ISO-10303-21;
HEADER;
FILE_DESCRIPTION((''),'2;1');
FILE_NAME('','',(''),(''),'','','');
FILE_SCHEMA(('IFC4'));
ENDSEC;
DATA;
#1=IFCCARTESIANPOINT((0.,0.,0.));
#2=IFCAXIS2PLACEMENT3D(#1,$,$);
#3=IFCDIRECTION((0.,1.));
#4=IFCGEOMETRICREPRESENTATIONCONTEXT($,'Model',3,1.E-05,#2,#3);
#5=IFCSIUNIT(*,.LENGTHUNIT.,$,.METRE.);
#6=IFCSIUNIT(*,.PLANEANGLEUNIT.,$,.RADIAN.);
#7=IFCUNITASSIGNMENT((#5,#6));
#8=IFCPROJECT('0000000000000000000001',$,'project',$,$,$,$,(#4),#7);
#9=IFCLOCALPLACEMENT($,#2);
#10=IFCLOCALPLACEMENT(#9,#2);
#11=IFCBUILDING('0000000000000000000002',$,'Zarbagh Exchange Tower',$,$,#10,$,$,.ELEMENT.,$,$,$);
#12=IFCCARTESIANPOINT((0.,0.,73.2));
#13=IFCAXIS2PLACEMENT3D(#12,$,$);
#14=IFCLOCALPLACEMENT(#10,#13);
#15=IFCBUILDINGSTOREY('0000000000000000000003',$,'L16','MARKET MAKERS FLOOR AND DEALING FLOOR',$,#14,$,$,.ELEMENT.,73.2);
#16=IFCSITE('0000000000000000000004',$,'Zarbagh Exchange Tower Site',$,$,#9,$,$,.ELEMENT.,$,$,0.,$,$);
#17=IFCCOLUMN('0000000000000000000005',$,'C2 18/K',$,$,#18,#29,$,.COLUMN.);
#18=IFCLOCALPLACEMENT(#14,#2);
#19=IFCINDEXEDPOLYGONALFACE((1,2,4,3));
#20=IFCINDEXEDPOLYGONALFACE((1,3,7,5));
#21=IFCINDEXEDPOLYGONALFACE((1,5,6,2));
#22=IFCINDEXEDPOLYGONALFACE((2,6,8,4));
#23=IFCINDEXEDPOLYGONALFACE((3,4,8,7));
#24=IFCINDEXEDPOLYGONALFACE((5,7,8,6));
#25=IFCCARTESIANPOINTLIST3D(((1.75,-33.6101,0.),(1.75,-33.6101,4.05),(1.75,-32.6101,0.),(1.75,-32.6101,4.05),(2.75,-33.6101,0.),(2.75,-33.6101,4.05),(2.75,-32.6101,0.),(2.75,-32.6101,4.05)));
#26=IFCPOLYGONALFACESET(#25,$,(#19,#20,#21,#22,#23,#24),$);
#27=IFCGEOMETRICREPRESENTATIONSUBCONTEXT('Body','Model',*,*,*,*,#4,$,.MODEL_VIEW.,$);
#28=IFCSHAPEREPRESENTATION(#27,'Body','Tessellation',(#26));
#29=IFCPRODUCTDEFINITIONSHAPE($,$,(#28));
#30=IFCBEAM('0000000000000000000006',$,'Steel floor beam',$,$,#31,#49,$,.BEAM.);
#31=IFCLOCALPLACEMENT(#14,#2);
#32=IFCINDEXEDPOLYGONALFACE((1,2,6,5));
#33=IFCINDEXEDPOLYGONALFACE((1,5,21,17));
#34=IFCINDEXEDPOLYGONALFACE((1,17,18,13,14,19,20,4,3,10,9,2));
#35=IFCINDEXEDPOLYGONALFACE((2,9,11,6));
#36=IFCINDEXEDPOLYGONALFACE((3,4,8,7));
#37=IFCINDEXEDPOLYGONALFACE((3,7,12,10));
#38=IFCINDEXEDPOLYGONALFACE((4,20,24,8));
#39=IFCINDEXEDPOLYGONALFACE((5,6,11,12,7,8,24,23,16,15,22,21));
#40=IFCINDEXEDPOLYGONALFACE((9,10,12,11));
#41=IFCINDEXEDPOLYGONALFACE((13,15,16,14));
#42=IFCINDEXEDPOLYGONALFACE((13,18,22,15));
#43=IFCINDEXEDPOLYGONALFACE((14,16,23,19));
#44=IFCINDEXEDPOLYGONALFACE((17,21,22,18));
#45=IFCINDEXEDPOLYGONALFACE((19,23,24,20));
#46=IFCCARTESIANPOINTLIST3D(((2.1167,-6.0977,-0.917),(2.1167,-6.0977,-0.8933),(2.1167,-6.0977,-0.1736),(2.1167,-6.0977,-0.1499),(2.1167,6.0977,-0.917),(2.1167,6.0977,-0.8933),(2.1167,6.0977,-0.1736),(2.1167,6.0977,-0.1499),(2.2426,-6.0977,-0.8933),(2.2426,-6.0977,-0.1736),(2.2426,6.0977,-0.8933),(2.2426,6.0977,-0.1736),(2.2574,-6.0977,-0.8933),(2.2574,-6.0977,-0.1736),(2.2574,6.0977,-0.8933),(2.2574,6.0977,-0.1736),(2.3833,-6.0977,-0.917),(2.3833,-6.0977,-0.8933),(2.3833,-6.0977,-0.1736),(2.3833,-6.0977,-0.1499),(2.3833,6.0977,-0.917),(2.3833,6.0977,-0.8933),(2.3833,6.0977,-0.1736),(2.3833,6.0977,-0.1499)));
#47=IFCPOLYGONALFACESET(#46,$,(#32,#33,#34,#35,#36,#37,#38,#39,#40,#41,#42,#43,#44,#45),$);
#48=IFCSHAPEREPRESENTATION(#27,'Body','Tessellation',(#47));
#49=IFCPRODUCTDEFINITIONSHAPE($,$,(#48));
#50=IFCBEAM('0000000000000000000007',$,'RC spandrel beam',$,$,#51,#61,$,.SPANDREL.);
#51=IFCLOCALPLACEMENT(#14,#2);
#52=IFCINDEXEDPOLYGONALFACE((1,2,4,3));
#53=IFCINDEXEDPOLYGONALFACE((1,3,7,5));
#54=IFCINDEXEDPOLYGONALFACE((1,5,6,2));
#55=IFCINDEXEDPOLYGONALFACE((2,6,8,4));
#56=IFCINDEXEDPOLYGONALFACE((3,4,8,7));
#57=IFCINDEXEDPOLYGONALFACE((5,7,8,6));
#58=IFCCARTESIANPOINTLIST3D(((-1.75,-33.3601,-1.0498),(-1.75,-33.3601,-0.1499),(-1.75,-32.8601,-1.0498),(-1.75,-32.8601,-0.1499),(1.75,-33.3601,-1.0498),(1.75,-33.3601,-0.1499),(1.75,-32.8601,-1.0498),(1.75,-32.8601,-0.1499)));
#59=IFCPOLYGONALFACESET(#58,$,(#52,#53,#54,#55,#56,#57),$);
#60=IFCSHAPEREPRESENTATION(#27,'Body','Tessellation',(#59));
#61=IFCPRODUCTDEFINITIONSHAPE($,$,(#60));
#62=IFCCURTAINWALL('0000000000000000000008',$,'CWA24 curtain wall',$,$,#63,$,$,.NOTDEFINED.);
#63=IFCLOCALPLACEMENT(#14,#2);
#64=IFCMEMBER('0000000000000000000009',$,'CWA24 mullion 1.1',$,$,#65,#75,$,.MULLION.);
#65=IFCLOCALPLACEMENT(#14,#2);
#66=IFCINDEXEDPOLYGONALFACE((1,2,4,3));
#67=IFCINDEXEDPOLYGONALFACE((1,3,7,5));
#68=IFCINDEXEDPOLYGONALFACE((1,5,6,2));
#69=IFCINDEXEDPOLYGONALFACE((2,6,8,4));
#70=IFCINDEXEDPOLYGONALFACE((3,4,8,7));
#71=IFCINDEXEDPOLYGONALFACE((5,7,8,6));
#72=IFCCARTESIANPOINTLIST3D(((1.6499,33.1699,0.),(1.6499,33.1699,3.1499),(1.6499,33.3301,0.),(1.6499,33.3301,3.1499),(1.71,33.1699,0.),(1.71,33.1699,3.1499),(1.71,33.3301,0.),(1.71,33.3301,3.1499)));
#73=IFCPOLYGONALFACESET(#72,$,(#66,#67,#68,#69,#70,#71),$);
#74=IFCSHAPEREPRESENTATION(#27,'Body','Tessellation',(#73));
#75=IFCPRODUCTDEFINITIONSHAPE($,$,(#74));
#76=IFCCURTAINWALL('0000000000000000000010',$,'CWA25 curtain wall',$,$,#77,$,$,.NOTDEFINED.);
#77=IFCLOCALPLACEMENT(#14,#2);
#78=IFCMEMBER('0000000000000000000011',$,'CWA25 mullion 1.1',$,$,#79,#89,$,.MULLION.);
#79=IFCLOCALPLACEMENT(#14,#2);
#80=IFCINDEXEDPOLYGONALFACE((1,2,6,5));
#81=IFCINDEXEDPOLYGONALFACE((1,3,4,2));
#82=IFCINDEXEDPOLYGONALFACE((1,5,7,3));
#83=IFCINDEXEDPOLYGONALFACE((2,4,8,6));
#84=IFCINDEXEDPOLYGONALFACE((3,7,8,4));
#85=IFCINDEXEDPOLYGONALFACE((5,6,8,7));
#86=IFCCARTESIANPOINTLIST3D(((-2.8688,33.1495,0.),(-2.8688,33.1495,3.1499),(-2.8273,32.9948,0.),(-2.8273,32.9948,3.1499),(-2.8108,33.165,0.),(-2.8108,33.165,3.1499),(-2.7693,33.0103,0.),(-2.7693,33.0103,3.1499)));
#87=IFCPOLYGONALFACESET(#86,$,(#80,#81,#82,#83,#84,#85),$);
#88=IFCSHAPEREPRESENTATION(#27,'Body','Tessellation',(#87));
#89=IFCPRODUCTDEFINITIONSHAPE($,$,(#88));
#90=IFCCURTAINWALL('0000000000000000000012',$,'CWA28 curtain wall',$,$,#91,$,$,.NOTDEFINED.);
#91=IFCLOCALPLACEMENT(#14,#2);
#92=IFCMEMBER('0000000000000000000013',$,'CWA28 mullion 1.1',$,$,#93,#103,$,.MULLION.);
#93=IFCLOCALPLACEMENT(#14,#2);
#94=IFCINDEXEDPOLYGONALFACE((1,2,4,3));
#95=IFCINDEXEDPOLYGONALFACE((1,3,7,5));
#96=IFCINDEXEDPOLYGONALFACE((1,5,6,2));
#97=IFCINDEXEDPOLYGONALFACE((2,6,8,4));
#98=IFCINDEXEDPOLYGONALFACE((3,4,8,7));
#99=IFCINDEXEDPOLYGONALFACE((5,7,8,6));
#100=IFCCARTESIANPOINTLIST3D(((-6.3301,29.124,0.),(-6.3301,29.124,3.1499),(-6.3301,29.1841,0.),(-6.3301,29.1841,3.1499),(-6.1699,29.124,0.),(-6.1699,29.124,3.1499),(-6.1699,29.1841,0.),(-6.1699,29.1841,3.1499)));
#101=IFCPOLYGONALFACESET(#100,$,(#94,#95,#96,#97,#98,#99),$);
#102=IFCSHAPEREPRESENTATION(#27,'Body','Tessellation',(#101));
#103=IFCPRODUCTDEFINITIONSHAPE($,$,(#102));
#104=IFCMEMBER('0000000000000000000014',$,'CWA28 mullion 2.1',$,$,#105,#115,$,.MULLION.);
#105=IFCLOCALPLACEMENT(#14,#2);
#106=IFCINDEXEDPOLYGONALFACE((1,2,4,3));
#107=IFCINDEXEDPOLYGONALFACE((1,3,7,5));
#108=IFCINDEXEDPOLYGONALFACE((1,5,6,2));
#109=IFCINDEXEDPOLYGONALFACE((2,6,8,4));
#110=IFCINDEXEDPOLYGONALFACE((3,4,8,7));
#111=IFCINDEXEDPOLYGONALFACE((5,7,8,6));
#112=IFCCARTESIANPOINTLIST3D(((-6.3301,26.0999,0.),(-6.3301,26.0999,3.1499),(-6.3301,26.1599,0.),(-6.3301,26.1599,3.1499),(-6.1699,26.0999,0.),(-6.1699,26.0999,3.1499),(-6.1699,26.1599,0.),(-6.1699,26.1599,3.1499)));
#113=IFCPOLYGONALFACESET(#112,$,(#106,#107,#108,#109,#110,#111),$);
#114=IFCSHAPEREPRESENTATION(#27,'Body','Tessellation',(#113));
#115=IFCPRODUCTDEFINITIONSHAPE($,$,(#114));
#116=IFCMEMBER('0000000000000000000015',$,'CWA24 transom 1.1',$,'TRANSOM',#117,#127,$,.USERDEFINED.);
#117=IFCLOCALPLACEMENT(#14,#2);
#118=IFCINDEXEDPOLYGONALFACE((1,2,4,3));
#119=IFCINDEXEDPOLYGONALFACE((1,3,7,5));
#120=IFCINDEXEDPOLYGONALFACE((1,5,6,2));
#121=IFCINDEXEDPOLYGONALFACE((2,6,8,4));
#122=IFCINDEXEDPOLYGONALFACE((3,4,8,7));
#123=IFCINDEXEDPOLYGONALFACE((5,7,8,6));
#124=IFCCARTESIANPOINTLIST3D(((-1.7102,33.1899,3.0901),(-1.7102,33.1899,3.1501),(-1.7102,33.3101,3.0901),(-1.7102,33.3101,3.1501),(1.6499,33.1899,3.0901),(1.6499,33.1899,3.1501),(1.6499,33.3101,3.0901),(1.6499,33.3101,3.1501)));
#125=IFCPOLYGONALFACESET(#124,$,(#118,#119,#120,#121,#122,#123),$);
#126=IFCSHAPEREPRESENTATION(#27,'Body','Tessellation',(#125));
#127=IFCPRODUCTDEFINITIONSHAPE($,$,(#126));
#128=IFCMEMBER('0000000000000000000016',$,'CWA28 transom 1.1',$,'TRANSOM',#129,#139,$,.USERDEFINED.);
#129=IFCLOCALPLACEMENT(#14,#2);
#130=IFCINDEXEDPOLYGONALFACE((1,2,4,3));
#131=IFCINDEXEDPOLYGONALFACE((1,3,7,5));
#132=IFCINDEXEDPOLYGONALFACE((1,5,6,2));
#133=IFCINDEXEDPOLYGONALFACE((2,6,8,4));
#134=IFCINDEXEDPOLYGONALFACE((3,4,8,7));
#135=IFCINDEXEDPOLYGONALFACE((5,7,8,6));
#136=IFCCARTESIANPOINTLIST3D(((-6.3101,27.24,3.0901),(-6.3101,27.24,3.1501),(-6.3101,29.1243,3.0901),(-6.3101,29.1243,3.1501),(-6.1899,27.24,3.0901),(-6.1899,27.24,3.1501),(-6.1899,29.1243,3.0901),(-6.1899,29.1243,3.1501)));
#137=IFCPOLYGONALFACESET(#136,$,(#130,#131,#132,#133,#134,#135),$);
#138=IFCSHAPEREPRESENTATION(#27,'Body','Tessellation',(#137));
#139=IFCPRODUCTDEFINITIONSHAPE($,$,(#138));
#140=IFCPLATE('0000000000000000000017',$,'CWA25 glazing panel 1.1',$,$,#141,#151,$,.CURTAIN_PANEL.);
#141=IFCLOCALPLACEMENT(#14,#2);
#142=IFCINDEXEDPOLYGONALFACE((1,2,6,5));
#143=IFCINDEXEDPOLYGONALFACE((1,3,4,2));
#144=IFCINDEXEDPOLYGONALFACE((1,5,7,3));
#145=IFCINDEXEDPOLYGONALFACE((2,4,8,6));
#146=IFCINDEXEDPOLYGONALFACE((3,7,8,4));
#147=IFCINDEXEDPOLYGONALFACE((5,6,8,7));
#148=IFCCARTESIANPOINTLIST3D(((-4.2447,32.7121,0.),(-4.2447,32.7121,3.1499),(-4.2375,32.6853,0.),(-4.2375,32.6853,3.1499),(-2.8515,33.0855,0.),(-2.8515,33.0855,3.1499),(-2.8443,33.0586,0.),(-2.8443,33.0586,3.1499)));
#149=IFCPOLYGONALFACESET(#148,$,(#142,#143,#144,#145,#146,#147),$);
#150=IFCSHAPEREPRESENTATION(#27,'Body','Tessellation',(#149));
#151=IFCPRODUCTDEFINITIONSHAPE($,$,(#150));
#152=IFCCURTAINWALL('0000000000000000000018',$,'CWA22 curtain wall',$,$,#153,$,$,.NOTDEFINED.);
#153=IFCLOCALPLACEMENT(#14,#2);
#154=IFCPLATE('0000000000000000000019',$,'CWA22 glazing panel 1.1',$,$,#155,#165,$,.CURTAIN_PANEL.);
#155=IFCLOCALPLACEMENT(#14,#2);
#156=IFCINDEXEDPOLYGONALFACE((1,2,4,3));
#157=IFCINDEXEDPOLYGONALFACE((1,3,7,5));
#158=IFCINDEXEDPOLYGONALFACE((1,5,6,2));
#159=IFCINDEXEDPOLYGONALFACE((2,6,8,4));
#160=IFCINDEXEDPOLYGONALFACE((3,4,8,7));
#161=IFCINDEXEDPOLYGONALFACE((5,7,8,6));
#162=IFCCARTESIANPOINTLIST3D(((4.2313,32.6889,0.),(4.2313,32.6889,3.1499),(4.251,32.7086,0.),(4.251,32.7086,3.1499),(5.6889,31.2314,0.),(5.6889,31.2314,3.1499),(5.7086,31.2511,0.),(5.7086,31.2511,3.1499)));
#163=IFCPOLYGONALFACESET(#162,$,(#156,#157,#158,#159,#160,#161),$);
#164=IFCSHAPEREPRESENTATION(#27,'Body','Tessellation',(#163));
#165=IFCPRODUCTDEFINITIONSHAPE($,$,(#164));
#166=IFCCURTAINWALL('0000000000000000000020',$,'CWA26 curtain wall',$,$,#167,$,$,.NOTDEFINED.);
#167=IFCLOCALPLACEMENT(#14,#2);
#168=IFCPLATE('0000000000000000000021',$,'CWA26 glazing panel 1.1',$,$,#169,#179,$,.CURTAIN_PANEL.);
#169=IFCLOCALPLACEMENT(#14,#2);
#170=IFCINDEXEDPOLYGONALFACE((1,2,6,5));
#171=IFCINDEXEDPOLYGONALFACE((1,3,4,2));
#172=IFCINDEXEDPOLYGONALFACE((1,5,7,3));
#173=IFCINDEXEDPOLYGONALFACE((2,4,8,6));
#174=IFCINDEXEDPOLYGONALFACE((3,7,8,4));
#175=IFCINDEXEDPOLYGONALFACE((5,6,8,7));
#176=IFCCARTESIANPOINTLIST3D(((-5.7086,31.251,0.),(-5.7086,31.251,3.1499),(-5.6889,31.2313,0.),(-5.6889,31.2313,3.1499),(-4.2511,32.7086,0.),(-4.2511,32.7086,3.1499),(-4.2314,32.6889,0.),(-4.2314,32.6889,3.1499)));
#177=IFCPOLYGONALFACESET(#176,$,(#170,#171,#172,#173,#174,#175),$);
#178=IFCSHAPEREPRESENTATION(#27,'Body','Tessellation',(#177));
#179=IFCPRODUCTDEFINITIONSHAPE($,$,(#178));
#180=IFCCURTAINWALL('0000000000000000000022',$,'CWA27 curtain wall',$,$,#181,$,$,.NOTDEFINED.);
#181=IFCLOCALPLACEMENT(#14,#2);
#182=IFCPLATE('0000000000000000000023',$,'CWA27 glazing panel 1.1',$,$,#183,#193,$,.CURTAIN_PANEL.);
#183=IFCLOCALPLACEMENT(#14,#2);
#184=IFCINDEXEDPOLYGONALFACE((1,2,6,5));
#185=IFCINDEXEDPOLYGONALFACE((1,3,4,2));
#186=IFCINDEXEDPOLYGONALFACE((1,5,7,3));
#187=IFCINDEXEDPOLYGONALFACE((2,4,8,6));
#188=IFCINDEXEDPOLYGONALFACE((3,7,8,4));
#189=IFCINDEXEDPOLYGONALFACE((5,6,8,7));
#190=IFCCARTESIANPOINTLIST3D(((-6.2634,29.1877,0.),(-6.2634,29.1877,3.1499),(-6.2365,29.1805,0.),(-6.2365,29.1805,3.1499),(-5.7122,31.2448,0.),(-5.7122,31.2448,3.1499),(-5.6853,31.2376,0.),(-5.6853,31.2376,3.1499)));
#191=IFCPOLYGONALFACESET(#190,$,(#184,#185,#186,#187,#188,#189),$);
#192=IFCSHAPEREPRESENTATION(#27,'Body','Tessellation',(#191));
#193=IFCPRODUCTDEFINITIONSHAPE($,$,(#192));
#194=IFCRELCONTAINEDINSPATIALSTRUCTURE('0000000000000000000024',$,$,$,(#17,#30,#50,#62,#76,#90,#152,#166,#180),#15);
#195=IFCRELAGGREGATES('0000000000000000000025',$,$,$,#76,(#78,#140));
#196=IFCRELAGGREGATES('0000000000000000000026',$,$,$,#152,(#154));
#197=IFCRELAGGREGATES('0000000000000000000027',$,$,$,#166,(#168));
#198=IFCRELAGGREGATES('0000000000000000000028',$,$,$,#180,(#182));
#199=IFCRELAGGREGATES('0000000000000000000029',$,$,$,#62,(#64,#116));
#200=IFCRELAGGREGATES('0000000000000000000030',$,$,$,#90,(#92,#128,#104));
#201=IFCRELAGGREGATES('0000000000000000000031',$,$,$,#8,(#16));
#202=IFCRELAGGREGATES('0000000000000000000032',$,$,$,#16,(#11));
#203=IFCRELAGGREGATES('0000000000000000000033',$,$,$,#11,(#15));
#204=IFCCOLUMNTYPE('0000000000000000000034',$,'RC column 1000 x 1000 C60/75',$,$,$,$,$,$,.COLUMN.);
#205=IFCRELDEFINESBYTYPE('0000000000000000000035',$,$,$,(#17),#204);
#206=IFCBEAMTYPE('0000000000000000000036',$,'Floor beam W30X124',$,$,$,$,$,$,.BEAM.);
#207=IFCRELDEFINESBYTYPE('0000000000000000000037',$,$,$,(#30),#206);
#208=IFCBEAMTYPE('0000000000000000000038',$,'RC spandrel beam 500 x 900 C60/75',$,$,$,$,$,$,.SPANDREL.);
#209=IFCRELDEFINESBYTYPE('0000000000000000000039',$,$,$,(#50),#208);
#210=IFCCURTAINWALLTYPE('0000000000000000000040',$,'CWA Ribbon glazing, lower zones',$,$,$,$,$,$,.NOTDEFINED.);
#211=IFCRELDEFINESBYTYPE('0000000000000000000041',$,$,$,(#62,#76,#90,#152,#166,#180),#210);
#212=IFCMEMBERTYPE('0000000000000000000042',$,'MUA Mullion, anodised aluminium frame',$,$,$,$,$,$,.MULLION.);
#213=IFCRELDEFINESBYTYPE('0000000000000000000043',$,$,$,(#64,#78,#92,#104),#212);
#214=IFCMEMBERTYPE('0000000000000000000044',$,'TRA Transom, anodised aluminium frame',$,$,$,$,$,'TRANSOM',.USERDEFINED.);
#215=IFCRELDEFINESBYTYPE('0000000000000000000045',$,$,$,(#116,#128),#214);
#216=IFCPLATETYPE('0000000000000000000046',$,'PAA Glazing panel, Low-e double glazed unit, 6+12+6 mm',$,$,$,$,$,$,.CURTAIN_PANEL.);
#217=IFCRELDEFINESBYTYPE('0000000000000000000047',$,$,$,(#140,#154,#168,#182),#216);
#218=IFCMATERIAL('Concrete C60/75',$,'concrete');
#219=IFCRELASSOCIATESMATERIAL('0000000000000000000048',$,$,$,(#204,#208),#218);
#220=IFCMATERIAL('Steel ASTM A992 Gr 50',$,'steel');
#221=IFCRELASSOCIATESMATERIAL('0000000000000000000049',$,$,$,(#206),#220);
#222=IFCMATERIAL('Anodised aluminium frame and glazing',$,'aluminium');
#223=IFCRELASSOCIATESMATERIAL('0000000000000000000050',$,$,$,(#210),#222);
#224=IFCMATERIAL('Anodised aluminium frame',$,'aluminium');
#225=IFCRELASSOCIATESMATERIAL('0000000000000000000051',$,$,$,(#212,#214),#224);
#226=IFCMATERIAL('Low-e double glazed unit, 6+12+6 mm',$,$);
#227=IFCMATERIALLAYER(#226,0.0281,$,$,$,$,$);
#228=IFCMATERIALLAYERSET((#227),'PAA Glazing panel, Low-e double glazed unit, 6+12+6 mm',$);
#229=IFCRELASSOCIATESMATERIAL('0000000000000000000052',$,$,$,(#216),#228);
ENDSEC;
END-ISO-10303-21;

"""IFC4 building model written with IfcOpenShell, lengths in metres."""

from ifc_helpers import new_model, si_unit, direction, frame, origin, origin_2d, place, context, subcontext, project, spatial, polyline, rectangle, i_section, outline, extrude, source, transform, mapped, material, layer, layer_set, material_profile, profile_set, type_object, element, aggregate, save


model = new_model("IFC4")

# Units and contexts
model_context = context("Model", 3, precision=1e-05, world=origin(), true_north=direction((0.0, 1.0)))
body_context = subcontext(model_context, "Body", "Model", "MODEL_VIEW")
ifc_project = project(units=[si_unit("LENGTHUNIT", "METRE"), si_unit("PLANEANGLEUNIT", "RADIAN")], contexts=[model_context])

# Site, building, storey
site_placement = place(None, origin())
site = spatial("IfcSite", under=ifc_project, at=site_placement, Name="Zarbagh Exchange Tower Site", CompositionType="ELEMENT", RefElevation=0.0)
building_placement = place(site_placement, origin())
building = spatial("IfcBuilding", under=site, at=building_placement, Name="Zarbagh Exchange Tower", CompositionType="ELEMENT")
storey_placement = place(building_placement, frame((0.0, 0.0, 73.2)))
storey = spatial("IfcBuildingStorey", under=building, at=storey_placement, Name="L16", Description="MARKET MAKERS FLOOR AND DEALING FLOOR", CompositionType="ELEMENT", Elevation=73.2)

# Column
ifc_material_1 = material(Name="Concrete C60/75", Category="concrete")
ifc_material_profile_1 = material_profile(ifc_material_1, rectangle(XDim=1.0, YDim=1.0, at=origin_2d()), Name="RC column 1000 x 1000 C60/75")
ifc_profile_set_1 = profile_set([ifc_material_profile_1], Name="Concrete C60/75")
column_type = type_object("IfcColumnType", Name="RC column 1000 x 1000 C60/75", PredefinedType="COLUMN", material=ifc_profile_set_1)
column_placement = place(storey_placement, frame((2.25, -33.1101, 0.0), z_axis=(0.0, 0.0, 1.0), x_axis=(1.0, 0.0, 0.0)))
element("IfcColumn", 1, at=column_placement, inside=storey, type_object=column_type, Name="C2 18/K", PredefinedType="COLUMN", context=body_context, shape_type="SweptSolid", body=[
    extrude(rectangle(XDim=1.0, YDim=1.0, at=origin_2d()), origin(), (0.0, 0.0, 1.0), 4.05),
])

# Beams
ifc_material_2 = material(Name="Steel ASTM A992 Gr 50", Category="steel")
ifc_material_profile_2 = material_profile(ifc_material_2, i_section(OverallWidth=0.2666, OverallDepth=0.7671, WebThickness=0.0149, FlangeThickness=0.0237, at=origin_2d()), Name="W30X124")
ifc_profile_set_2 = profile_set([ifc_material_profile_2], Name="Steel ASTM A992 Gr 50")
beam_type_1 = type_object("IfcBeamType", Name="Floor beam W30X124", PredefinedType="BEAM", material=ifc_profile_set_2)
beam_1_placement = place(storey_placement, frame((2.25, -6.0977, -0.5334), z_axis=(0.0, 1.0, 0.0), x_axis=(-1.0, 0.0, 0.0)))
element("IfcBeam", 2, at=beam_1_placement, inside=storey, type_object=beam_type_1, Name="Steel floor beam", PredefinedType="BEAM", context=body_context, shape_type="SweptSolid", body=[
    extrude(i_section(OverallWidth=0.2666, OverallDepth=0.7671, WebThickness=0.0149, FlangeThickness=0.0237, at=origin_2d()), origin(), (0.0, 0.0, 1.0), 12.1953),
])
ifc_material_profile_3 = material_profile(ifc_material_1, rectangle(XDim=0.5, YDim=0.8999, at=origin_2d()), Name="RC spandrel beam 500 x 900 C60/75")
ifc_profile_set_3 = profile_set([ifc_material_profile_3], Name="Concrete C60/75")
beam_type_2 = type_object("IfcBeamType", Name="RC spandrel beam 500 x 900 C60/75", PredefinedType="SPANDREL", material=ifc_profile_set_3)
beam_2_placement = place(storey_placement, frame((1.75, -33.1101, -0.5999), z_axis=(-1.0, 0.0, 0.0), x_axis=(0.0, -1.0, 0.0)))
element("IfcBeam", 3, at=beam_2_placement, inside=storey, type_object=beam_type_2, Name="RC spandrel beam", PredefinedType="SPANDREL", context=body_context, shape_type="SweptSolid", body=[
    extrude(rectangle(XDim=0.5, YDim=0.8999, at=origin_2d()), origin(), (0.0, 0.0, 1.0), 3.5),
])

# Curtain walls, members
ifc_material_3 = material(Name="Anodised aluminium frame and glazing", Category="aluminium")
curtain_wall_type = type_object("IfcCurtainWallType", Name="CWA Ribbon glazing, lower zones", PredefinedType="NOTDEFINED", material=ifc_material_3)
curtain_wall_1_placement = place(storey_placement, origin())
curtain_wall_1 = element("IfcCurtainWall", 4, at=curtain_wall_1_placement, inside=storey, type_object=curtain_wall_type, Name="CWA24 curtain wall", PredefinedType="NOTDEFINED")
ifc_material_4 = material(Name="Anodised aluminium frame", Category="aluminium")
member_type_1 = type_object("IfcMemberType", Name="MUA Mullion, anodised aluminium frame", PredefinedType="MULLION", material=ifc_material_4)
shared_shape_1 = source(origin(), body_context, "Body", "SweptSolid", [
    extrude(outline(polyline([(0.0, -0.0801), (0.0601, -0.0801), (0.0601, 0.0801), (0.0, 0.0801), (0.0, -0.0801)])), origin(), (0.0, 0.0, 1.0), 3.1499),
])
placement = place(storey_placement, origin())
member_1 = element("IfcMember", 5, at=placement, type_object=member_type_1, Name="CWA24 mullion 1.1", PredefinedType="MULLION", context=body_context, shape_type="MappedRepresentation", body=[
    mapped(shared_shape_1, transform((1.71, 33.25, 0.0), x_axis=(-1.0, 0.0, 0.0), y_axis=(0.0, -1.0, 0.0), z_axis=(0.0, 0.0, 1.0))),
])
curtain_wall_2_placement = place(storey_placement, origin())
curtain_wall_2 = element("IfcCurtainWall", 6, at=curtain_wall_2_placement, inside=storey, type_object=curtain_wall_type, Name="CWA25 curtain wall", PredefinedType="NOTDEFINED")
member_2 = element("IfcMember", 7, at=placement, type_object=member_type_1, Name="CWA25 mullion 1.1", PredefinedType="MULLION", context=body_context, shape_type="MappedRepresentation", body=[
    mapped(shared_shape_1, transform((-2.79, 33.0876, 0.0), x_axis=(-0.965924, -0.258825, 0.0), y_axis=(0.258825, -0.965924, 0.0), z_axis=(0.0, 0.0, 1.0))),
])

# Curtain wall, members
curtain_wall_3_placement = place(storey_placement, origin())
curtain_wall_3 = element("IfcCurtainWall", 8, at=curtain_wall_3_placement, inside=storey, type_object=curtain_wall_type, Name="CWA28 curtain wall", PredefinedType="NOTDEFINED")
member_3 = element("IfcMember", 9, at=placement, type_object=member_type_1, Name="CWA28 mullion 1.1", PredefinedType="MULLION", context=body_context, shape_type="MappedRepresentation", body=[
    mapped(shared_shape_1, transform((-6.25, 29.1841, 0.0), x_axis=(0.0, -1.0, 0.0), y_axis=(1.0, 0.0, 0.0), z_axis=(0.0, 0.0, 1.0))),
])
member_4 = element("IfcMember", 10, at=placement, type_object=member_type_1, Name="CWA28 mullion 2.1", PredefinedType="MULLION", context=body_context, shape_type="MappedRepresentation", body=[
    mapped(shared_shape_1, transform((-6.25, 26.1599, 0.0), x_axis=(0.0, -1.0, 0.0), y_axis=(1.0, 0.0, 0.0), z_axis=(0.0, 0.0, 1.0))),
])

# Members
member_type_2 = type_object("IfcMemberType", Name="TRA Transom, anodised aluminium frame", ElementType="TRANSOM", PredefinedType="USERDEFINED", material=ifc_material_4)
shared_shape_2 = source(origin(), body_context, "Body", "SweptSolid", [
    extrude(outline(polyline([(-0.0601, -0.0601), (0.0, -0.0601), (0.0, 0.0601), (-0.0601, 0.0601), (-0.0601, -0.0601)])), origin(), (0.0, 0.0, 1.0), 3.3601),
])
member_5 = element("IfcMember", 11, at=placement, type_object=member_type_2, Name="CWA24 transom 1.1", ObjectType="TRANSOM", PredefinedType="USERDEFINED", context=body_context, shape_type="MappedRepresentation", body=[
    mapped(shared_shape_2, transform((1.6499, 33.25, 3.1501), x_axis=(0.0, 0.0, 1.0), y_axis=(0.0, 1.0, 0.0), z_axis=(-1.0, 0.0, 0.0))),
])
shared_shape_3 = source(origin(), body_context, "Body", "SweptSolid", [
    extrude(outline(polyline([(-0.0601, -0.0601), (0.0, -0.0601), (0.0, 0.0601), (-0.0601, 0.0601), (-0.0601, -0.0601)])), origin(), (0.0, 0.0, 1.0), 1.8843),
])
member_6 = element("IfcMember", 12, at=placement, type_object=member_type_2, Name="CWA28 transom 1.1", ObjectType="TRANSOM", PredefinedType="USERDEFINED", context=body_context, shape_type="MappedRepresentation", body=[
    mapped(shared_shape_3, transform((-6.25, 29.1243, 3.1501), x_axis=(0.0, 0.0, 1.0), y_axis=(-1.0, 0.0, 0.0), z_axis=(0.0, -1.0, 0.0))),
])

# Plate
ifc_material_5 = material(Name="Low-e double glazed unit, 6+12+6 mm")
ifc_layer_1 = layer(ifc_material_5, 0.0281)
ifc_layer_set_1 = layer_set([ifc_layer_1], Name="PAA Glazing panel, Low-e double glazed unit, 6+12+6 mm")
plate_type = type_object("IfcPlateType", Name="PAA Glazing panel, Low-e double glazed unit, 6+12+6 mm", PredefinedType="CURTAIN_PANEL", material=ifc_layer_set_1)
shared_shape_4 = source(origin(), body_context, "Body", "SweptSolid", [
    extrude(outline(polyline([(0.0, -0.0139), (1.4424, -0.0139), (1.4424, 0.0139), (0.0, 0.0139), (0.0, -0.0139)])), origin(), (0.0, 0.0, 1.0), 3.1499),
])
plate_1 = element("IfcPlate", 13, at=placement, type_object=plate_type, Name="CWA25 glazing panel 1.1", PredefinedType="CURTAIN_PANEL", context=body_context, shape_type="MappedRepresentation", body=[
    mapped(shared_shape_4, transform((-2.8479, 33.072, 0.0), x_axis=(-0.965924, -0.258825, 0.0), y_axis=(0.258825, -0.965924, 0.0), z_axis=(0.0, 0.0, 1.0))),
])
aggregate(curtain_wall_2, [member_2, plate_1])

# Curtain walls, plates
curtain_wall_4_placement = place(storey_placement, origin())
curtain_wall_4 = element("IfcCurtainWall", 14, at=curtain_wall_4_placement, inside=storey, type_object=curtain_wall_type, Name="CWA22 curtain wall", PredefinedType="NOTDEFINED")
shared_shape_5 = source(origin(), body_context, "Body", "SweptSolid", [
    extrude(outline(polyline([(0.0, -0.0139), (2.0613, -0.0139), (2.0613, 0.0139), (0.0, 0.0139), (0.0, -0.0139)])), origin(), (0.0, 0.0, 1.0), 3.1499),
])
plate_2 = element("IfcPlate", 15, at=placement, type_object=plate_type, Name="CWA22 glazing panel 1.1", PredefinedType="CURTAIN_PANEL", context=body_context, shape_type="MappedRepresentation", body=[
    mapped(shared_shape_5, transform((5.6987, 31.2412, 0.0), x_axis=(-0.707107, 0.707107, 0.0), y_axis=(-0.707107, -0.707107, 0.0), z_axis=(0.0, 0.0, 1.0))),
])
aggregate(curtain_wall_4, [plate_2])
curtain_wall_5_placement = place(storey_placement, origin())
curtain_wall_5 = element("IfcCurtainWall", 16, at=curtain_wall_5_placement, inside=storey, type_object=curtain_wall_type, Name="CWA26 curtain wall", PredefinedType="NOTDEFINED")
plate_3 = element("IfcPlate", 17, at=placement, type_object=plate_type, Name="CWA26 glazing panel 1.1", PredefinedType="CURTAIN_PANEL", context=body_context, shape_type="MappedRepresentation", body=[
    mapped(shared_shape_5, transform((-4.2412, 32.6987, 0.0), x_axis=(-0.707107, -0.707107, 0.0), y_axis=(0.707107, -0.707107, 0.0), z_axis=(0.0, 0.0, 1.0))),
])
aggregate(curtain_wall_5, [plate_3])
curtain_wall_6_placement = place(storey_placement, origin())
curtain_wall_6 = element("IfcCurtainWall", 18, at=curtain_wall_6_placement, inside=storey, type_object=curtain_wall_type, Name="CWA27 curtain wall", PredefinedType="NOTDEFINED")
shared_shape_6 = source(origin(), body_context, "Body", "SweptSolid", [
    extrude(outline(polyline([(0.0, -0.0139), (2.1296, -0.0139), (2.1296, 0.0139), (0.0, 0.0139), (0.0, -0.0139)])), origin(), (0.0, 0.0, 1.0), 3.1499),
])
plate_4 = element("IfcPlate", 19, at=placement, type_object=plate_type, Name="CWA27 glazing panel 1.1", PredefinedType="CURTAIN_PANEL", context=body_context, shape_type="MappedRepresentation", body=[
    mapped(shared_shape_6, transform((-5.6987, 31.2412, 0.0), x_axis=(-0.258825, -0.965924, 0.0), y_axis=(0.965924, -0.258825, 0.0), z_axis=(0.0, 0.0, 1.0))),
])
aggregate(curtain_wall_6, [plate_4])

aggregate(curtain_wall_1, [member_1, member_5])
aggregate(curtain_wall_3, [member_3, member_6, member_4])

save(model, "model.ifc")
